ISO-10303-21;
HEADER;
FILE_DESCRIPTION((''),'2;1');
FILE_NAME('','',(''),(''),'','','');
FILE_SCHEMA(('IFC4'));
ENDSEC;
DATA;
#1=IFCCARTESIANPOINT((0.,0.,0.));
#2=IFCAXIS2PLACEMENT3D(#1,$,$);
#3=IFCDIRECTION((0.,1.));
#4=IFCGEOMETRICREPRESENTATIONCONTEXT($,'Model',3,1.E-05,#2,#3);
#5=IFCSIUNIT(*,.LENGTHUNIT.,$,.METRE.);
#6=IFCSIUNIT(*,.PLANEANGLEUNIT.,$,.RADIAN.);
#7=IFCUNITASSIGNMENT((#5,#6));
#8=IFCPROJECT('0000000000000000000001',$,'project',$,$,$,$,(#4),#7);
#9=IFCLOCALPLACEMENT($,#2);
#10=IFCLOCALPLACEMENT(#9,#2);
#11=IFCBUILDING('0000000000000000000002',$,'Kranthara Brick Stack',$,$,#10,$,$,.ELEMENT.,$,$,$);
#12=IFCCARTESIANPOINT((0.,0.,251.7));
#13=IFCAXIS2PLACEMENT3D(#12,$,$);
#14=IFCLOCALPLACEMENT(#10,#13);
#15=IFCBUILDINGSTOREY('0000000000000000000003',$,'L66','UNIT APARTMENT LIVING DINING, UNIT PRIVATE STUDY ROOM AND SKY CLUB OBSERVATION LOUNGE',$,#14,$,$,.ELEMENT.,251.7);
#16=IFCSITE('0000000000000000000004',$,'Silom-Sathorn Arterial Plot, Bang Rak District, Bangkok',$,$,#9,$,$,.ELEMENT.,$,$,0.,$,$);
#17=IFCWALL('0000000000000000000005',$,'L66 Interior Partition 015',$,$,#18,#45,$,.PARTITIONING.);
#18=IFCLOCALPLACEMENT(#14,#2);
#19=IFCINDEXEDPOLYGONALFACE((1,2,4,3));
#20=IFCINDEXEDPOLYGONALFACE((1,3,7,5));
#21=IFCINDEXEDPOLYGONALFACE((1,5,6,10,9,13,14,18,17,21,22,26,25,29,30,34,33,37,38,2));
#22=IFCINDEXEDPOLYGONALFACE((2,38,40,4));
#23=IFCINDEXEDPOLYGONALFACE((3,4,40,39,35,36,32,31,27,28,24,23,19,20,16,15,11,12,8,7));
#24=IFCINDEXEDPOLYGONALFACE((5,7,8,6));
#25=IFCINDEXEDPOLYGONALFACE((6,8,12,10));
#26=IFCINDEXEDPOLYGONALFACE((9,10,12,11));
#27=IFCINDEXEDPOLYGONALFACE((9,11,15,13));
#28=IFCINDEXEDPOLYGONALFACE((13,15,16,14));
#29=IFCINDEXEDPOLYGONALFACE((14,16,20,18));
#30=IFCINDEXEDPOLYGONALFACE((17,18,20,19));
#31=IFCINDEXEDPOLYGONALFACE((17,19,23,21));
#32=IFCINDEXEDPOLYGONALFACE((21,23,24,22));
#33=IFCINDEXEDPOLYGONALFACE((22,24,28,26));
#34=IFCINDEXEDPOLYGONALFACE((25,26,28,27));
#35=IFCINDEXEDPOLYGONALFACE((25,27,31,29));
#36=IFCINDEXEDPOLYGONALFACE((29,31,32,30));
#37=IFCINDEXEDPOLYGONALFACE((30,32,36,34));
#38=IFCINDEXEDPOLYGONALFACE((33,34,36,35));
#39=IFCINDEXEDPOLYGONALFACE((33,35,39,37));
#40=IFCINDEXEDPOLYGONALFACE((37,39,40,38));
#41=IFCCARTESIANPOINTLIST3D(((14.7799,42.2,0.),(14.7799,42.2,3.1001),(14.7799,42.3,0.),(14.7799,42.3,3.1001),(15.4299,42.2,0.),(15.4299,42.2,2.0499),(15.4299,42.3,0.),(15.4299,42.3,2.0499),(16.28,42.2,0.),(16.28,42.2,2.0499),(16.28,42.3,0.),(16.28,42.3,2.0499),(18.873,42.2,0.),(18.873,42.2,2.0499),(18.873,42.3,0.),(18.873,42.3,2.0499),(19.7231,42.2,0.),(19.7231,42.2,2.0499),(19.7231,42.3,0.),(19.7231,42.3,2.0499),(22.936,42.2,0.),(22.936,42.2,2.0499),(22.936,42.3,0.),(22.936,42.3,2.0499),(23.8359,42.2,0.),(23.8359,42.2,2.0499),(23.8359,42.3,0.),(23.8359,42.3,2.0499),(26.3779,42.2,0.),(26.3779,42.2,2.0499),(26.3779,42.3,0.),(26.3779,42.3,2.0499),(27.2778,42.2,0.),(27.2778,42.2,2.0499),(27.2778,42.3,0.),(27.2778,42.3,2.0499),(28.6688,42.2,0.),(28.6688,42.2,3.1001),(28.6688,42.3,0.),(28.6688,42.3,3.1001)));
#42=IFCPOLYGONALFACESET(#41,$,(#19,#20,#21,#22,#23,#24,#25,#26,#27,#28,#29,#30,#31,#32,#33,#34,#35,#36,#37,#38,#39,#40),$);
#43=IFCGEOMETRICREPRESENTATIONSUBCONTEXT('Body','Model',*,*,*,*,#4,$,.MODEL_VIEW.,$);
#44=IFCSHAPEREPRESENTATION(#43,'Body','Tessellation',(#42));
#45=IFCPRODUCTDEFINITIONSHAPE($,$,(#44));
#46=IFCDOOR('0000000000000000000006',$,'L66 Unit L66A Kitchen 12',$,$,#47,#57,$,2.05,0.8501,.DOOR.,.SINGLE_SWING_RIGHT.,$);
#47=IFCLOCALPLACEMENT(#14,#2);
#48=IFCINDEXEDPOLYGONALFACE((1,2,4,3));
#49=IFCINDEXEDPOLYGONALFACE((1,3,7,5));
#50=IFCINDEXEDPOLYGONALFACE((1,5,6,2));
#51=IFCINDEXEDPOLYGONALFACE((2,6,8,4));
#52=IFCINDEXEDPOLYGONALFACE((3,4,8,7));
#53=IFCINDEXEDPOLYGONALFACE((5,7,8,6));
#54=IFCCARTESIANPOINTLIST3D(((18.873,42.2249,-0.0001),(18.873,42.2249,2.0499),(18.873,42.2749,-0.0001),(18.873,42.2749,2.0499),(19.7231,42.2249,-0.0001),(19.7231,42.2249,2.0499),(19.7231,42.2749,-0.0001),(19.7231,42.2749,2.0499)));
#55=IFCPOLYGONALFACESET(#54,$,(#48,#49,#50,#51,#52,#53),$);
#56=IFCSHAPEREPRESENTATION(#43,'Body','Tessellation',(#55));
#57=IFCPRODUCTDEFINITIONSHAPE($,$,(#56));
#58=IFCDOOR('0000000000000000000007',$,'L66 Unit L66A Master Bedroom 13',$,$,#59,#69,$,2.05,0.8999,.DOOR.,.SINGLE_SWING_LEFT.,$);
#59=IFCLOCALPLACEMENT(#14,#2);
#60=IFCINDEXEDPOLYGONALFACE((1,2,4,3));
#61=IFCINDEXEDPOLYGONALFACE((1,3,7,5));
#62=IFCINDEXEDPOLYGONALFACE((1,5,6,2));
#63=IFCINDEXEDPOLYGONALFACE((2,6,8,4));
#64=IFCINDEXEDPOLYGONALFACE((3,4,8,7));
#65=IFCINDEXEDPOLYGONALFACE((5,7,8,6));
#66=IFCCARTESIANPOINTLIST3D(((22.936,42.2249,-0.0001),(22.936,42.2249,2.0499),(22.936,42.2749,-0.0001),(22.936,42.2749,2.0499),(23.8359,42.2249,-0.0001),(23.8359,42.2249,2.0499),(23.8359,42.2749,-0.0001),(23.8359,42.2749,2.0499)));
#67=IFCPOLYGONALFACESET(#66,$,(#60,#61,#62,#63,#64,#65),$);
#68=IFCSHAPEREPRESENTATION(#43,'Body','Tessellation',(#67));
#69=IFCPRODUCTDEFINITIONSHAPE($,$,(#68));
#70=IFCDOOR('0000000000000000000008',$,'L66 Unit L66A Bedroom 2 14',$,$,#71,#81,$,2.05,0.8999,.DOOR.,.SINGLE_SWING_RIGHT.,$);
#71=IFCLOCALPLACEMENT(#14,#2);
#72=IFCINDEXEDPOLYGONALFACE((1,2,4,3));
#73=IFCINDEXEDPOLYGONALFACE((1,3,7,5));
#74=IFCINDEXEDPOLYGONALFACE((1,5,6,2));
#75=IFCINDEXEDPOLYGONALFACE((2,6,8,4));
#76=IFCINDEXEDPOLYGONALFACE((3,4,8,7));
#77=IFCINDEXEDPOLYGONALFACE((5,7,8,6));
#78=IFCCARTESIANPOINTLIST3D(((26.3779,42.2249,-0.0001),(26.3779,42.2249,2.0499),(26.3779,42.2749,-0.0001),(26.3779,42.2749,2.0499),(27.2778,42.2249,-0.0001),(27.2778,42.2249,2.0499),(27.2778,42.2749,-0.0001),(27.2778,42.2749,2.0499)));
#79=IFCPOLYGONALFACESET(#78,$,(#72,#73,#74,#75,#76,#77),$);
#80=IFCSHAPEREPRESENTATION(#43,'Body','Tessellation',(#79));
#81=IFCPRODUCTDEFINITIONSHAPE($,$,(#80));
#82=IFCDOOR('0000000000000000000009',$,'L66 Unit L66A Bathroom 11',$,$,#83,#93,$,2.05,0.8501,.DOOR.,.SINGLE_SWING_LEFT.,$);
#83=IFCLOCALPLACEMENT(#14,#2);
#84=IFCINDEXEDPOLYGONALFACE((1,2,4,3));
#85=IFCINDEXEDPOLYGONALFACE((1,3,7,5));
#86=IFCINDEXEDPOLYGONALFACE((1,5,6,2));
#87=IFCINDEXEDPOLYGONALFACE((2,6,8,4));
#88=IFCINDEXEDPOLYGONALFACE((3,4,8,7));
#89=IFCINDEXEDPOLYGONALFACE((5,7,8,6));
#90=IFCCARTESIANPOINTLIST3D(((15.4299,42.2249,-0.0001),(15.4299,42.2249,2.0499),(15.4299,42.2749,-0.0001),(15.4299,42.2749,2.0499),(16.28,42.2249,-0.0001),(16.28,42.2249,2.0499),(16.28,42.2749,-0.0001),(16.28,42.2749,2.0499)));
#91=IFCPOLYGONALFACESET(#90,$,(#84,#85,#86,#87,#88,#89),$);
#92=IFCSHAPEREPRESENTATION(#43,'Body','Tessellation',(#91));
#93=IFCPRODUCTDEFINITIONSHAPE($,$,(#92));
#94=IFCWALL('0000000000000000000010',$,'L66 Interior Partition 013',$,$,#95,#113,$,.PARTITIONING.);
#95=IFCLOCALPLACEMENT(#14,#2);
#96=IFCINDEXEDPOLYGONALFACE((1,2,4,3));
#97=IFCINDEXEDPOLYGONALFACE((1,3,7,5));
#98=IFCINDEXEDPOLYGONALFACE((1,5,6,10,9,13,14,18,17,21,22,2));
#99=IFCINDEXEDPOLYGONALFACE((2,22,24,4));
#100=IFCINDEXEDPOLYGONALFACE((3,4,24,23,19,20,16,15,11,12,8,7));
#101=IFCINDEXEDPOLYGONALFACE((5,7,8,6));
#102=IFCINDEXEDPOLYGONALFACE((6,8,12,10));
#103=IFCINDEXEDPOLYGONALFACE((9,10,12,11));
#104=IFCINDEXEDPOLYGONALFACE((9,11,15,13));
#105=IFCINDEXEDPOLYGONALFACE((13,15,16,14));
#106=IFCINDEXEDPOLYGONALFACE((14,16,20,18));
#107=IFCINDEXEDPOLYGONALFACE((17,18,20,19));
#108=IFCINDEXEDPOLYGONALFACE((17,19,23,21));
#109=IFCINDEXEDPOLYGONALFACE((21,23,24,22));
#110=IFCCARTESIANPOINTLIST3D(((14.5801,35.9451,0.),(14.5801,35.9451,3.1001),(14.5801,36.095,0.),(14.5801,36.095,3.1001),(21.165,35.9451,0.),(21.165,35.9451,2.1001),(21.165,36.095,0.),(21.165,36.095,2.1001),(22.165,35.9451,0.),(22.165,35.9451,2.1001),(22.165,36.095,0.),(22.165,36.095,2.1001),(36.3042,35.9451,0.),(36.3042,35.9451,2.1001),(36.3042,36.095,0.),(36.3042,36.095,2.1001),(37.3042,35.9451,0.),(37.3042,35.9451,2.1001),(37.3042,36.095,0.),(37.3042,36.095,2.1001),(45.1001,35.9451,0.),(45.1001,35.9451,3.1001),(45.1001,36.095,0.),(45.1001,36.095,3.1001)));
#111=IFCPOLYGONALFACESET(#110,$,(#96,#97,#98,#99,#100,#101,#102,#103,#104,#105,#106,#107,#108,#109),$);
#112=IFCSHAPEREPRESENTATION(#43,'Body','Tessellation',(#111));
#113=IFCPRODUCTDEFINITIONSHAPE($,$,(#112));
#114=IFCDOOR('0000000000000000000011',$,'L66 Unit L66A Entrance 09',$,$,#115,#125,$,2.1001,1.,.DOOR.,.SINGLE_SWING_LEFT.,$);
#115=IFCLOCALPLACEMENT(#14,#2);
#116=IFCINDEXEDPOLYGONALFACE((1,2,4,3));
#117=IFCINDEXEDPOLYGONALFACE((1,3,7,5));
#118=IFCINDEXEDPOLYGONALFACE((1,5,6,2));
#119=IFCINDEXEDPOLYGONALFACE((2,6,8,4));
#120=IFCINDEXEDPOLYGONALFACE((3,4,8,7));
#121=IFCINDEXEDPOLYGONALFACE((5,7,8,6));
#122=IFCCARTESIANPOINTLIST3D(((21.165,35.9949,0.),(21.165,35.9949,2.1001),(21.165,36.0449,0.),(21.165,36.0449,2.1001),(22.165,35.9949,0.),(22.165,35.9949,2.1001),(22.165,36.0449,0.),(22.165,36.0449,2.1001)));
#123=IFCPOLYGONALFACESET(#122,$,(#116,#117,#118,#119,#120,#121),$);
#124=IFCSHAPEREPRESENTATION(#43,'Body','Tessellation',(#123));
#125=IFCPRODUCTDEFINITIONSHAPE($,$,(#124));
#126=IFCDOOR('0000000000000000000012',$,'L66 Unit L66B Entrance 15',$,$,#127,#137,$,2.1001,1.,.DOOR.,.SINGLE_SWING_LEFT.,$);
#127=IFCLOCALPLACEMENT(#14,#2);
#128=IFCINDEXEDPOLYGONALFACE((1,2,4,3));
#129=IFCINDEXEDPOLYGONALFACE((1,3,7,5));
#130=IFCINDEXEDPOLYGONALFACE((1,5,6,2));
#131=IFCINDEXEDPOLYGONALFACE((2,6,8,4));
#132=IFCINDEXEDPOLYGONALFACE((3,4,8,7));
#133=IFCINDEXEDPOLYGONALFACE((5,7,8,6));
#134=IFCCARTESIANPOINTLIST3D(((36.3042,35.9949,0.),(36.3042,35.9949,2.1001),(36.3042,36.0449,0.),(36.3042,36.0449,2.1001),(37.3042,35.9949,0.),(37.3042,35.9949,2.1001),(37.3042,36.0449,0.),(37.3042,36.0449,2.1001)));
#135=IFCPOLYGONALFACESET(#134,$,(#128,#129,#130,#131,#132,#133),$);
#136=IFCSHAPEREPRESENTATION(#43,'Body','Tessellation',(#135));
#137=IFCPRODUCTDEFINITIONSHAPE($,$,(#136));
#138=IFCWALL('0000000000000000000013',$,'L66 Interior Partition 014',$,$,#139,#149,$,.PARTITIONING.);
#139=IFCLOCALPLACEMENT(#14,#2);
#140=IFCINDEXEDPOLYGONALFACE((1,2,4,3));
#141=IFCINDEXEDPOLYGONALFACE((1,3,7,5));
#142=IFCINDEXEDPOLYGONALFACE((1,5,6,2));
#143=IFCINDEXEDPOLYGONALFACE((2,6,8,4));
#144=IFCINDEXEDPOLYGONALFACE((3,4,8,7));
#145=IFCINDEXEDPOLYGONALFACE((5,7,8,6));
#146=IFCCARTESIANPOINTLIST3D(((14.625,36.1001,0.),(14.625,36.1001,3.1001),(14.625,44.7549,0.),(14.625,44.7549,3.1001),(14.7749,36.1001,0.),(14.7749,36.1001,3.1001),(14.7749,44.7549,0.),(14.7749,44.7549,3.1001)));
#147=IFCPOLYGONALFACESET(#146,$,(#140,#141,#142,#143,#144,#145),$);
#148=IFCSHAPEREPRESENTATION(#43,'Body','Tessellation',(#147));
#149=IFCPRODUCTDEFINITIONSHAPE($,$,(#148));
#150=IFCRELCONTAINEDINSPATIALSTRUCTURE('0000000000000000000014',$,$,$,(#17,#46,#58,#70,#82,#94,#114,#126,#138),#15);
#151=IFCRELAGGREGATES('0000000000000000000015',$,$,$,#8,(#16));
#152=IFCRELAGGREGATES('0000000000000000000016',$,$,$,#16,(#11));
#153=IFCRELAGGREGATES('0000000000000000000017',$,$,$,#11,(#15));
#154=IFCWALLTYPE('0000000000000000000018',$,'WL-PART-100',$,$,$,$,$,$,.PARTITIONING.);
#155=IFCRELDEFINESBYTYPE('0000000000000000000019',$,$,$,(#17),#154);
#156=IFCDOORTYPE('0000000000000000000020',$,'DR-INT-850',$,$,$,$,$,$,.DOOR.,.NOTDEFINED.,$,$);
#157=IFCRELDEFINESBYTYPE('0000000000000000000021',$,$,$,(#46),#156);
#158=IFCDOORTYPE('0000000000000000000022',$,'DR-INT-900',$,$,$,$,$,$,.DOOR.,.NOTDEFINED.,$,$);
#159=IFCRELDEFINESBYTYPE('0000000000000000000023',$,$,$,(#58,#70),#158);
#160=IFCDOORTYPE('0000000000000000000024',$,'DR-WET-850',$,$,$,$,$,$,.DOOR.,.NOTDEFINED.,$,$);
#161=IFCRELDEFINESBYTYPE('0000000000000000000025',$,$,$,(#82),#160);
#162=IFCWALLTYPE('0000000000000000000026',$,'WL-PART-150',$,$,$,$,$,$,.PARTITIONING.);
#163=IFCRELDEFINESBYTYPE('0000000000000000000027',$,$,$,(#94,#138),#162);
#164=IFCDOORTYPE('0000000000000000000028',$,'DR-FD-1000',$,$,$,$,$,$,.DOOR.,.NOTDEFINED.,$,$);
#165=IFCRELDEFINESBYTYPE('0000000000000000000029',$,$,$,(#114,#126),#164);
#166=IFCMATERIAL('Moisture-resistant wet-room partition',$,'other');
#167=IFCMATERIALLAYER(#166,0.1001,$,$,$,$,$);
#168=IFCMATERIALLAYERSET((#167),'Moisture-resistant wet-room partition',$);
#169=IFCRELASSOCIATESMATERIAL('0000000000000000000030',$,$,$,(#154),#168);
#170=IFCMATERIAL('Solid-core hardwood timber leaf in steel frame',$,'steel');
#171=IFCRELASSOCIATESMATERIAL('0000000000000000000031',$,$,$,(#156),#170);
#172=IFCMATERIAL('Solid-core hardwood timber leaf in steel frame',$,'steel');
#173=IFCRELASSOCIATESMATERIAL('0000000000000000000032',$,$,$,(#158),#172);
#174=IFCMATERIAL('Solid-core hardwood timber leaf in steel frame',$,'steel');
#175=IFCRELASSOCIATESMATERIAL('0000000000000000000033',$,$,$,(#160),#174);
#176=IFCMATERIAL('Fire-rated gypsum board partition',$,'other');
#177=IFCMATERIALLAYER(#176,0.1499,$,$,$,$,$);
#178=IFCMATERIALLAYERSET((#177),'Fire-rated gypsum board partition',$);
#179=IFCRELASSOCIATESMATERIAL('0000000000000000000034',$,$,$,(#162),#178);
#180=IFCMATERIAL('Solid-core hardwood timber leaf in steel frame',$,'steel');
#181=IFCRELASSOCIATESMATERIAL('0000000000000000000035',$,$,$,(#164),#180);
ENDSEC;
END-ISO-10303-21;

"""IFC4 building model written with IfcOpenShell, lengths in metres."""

from ifc_helpers import new_model, si_unit, direction, frame, frame_2d, origin, place, context, subcontext, project, spatial, rectangle, extrude, material, layer, layer_set, type_object, element, fill, save


model = new_model("IFC4")

# Units and contexts
model_context = context("Model", 3, precision=1e-05, world=origin(), true_north=direction((0.0, 1.0)))
body_context = subcontext(model_context, "Body", "Model", "MODEL_VIEW")
ifc_project = project(units=[si_unit("LENGTHUNIT", "METRE"), si_unit("PLANEANGLEUNIT", "RADIAN")], contexts=[model_context])

# Site, building, storey
site_placement = place(None, origin())
site = spatial("IfcSite", under=ifc_project, at=site_placement, Name="Silom-Sathorn Arterial Plot, Bang Rak District, Bangkok", CompositionType="ELEMENT", RefElevation=0.0)
building_placement = place(site_placement, origin())
building = spatial("IfcBuilding", under=site, at=building_placement, Name="Kranthara Brick Stack", CompositionType="ELEMENT")
storey_placement = place(building_placement, frame((0.0, 0.0, 251.7)))
storey = spatial("IfcBuildingStorey", under=building, at=storey_placement, Name="L66", Description="UNIT APARTMENT LIVING DINING, UNIT PRIVATE STUDY ROOM AND SKY CLUB OBSERVATION LOUNGE", CompositionType="ELEMENT", Elevation=251.7)

# Walls, openings, doors
ifc_material_1 = material(Name="Moisture-resistant wet-room partition", Category="other")
ifc_layer_1 = layer(ifc_material_1, 0.1001)
ifc_layer_set_1 = layer_set([ifc_layer_1], Name="Moisture-resistant wet-room partition")
wall_type_1 = type_object("IfcWallType", Name="WL-PART-100", PredefinedType="PARTITIONING", material=ifc_layer_set_1)
wall_1_placement = place(storey_placement, frame((14.78, 42.25, 0.0), z_axis=(0.0, 0.0, 1.0), x_axis=(1.0, 0.0, 0.0)))
wall_1 = element("IfcWall", 1, at=wall_1_placement, inside=storey, type_object=wall_type_1, Name="L66 Interior Partition 015", PredefinedType="PARTITIONING", context=body_context, shape_type="SweptSolid", body=[
    extrude(rectangle(XDim=13.8889, YDim=0.1001, at=frame_2d((6.9443, 0.0))), origin(), (0.0, 0.0, 1.0), 3.1001),
])
opening_1_placement = place(wall_1_placement, frame((0.6499, 0.0, 0.0)))
opening_1 = element("IfcOpeningElement", 2, at=opening_1_placement, cuts=wall_1, PredefinedType="OPENING", context=body_context, shape_type="SweptSolid", body=[
    extrude(rectangle(XDim=0.8501, YDim=2.05, at=frame_2d((0.425, 1.0249))), frame((0.0, 0.0601, 0.0), z_axis=(0.0, -1.0, 0.0), x_axis=(1.0, 0.0, 0.0)), (0.0, 0.0, 1.0), 0.1201),
])
opening_2_placement = place(wall_1_placement, frame((4.093, 0.0, 0.0)))
opening_2 = element("IfcOpeningElement", 3, at=opening_2_placement, cuts=wall_1, PredefinedType="OPENING", context=body_context, shape_type="SweptSolid", body=[
    extrude(rectangle(XDim=0.8501, YDim=2.05, at=frame_2d((0.425, 1.0249))), frame((0.0, 0.0601, 0.0), z_axis=(0.0, -1.0, 0.0), x_axis=(1.0, 0.0, 0.0)), (0.0, 0.0, 1.0), 0.1201),
])
opening_3_placement = place(wall_1_placement, frame((8.156, 0.0, 0.0)))
opening_3 = element("IfcOpeningElement", 4, at=opening_3_placement, cuts=wall_1, PredefinedType="OPENING", context=body_context, shape_type="SweptSolid", body=[
    extrude(rectangle(XDim=0.8999, YDim=2.05, at=frame_2d((0.45, 1.0249))), frame((0.0, 0.0601, 0.0), z_axis=(0.0, -1.0, 0.0), x_axis=(1.0, 0.0, 0.0)), (0.0, 0.0, 1.0), 0.1201),
])
opening_4_placement = place(wall_1_placement, frame((11.5979, 0.0, 0.0)))
opening_4 = element("IfcOpeningElement", 5, at=opening_4_placement, cuts=wall_1, PredefinedType="OPENING", context=body_context, shape_type="SweptSolid", body=[
    extrude(rectangle(XDim=0.8999, YDim=2.05, at=frame_2d((0.45, 1.0249))), frame((0.0, 0.0601, 0.0), z_axis=(0.0, -1.0, 0.0), x_axis=(1.0, 0.0, 0.0)), (0.0, 0.0, 1.0), 0.1201),
])
ifc_material_2 = material(Name="Solid-core hardwood timber leaf in steel frame", Category="steel")
door_type_1 = type_object("IfcDoorType", Name="DR-INT-850", OperationType="NOTDEFINED", PredefinedType="DOOR", material=ifc_material_2)
door_1_placement = place(opening_2_placement, origin())
door_1 = element("IfcDoor", 6, at=door_1_placement, inside=storey, type_object=door_type_1, Name="L66 Unit L66A Kitchen 12", OperationType="SINGLE_SWING_RIGHT", OverallHeight=2.05, OverallWidth=0.8501, PredefinedType="DOOR", context=body_context, shape_type="SweptSolid", body=[
    extrude(rectangle(XDim=0.8501, YDim=2.05, at=frame_2d((0.425, 1.0249))), frame((0.0, 0.0249, 0.0), z_axis=(0.0, -1.0, 0.0), x_axis=(1.0, 0.0, 0.0)), (0.0, 0.0, 1.0), 0.05),
])
fill(opening_2, door_1)
ifc_material_3 = material(Name="Solid-core hardwood timber leaf in steel frame", Category="steel")
door_type_2 = type_object("IfcDoorType", Name="DR-INT-900", OperationType="NOTDEFINED", PredefinedType="DOOR", material=ifc_material_3)
door_2_placement = place(opening_3_placement, origin())
door_2 = element("IfcDoor", 7, at=door_2_placement, inside=storey, type_object=door_type_2, Name="L66 Unit L66A Master Bedroom 13", OperationType="SINGLE_SWING_LEFT", OverallHeight=2.05, OverallWidth=0.8999, PredefinedType="DOOR", context=body_context, shape_type="SweptSolid", body=[
    extrude(rectangle(XDim=0.8999, YDim=2.05, at=frame_2d((0.45, 1.0249))), frame((0.0, 0.0249, 0.0), z_axis=(0.0, -1.0, 0.0), x_axis=(1.0, 0.0, 0.0)), (0.0, 0.0, 1.0), 0.05),
])
fill(opening_3, door_2)
door_3_placement = place(opening_4_placement, origin())
door_3 = element("IfcDoor", 8, at=door_3_placement, inside=storey, type_object=door_type_2, Name="L66 Unit L66A Bedroom 2 14", OperationType="SINGLE_SWING_RIGHT", OverallHeight=2.05, OverallWidth=0.8999, PredefinedType="DOOR", context=body_context, shape_type="SweptSolid", body=[
    extrude(rectangle(XDim=0.8999, YDim=2.05, at=frame_2d((0.45, 1.0249))), frame((0.0, 0.0249, 0.0), z_axis=(0.0, -1.0, 0.0), x_axis=(1.0, 0.0, 0.0)), (0.0, 0.0, 1.0), 0.05),
])
fill(opening_4, door_3)
ifc_material_4 = material(Name="Solid-core hardwood timber leaf in steel frame", Category="steel")
door_type_3 = type_object("IfcDoorType", Name="DR-WET-850", OperationType="NOTDEFINED", PredefinedType="DOOR", material=ifc_material_4)
door_4_placement = place(opening_1_placement, origin())
door_4 = element("IfcDoor", 9, at=door_4_placement, inside=storey, type_object=door_type_3, Name="L66 Unit L66A Bathroom 11", OperationType="SINGLE_SWING_LEFT", OverallHeight=2.05, OverallWidth=0.8501, PredefinedType="DOOR", context=body_context, shape_type="SweptSolid", body=[
    extrude(rectangle(XDim=0.8501, YDim=2.05, at=frame_2d((0.425, 1.0249))), frame((0.0, 0.0249, 0.0), z_axis=(0.0, -1.0, 0.0), x_axis=(1.0, 0.0, 0.0)), (0.0, 0.0, 1.0), 0.05),
])
fill(opening_1, door_4)
ifc_material_5 = material(Name="Fire-rated gypsum board partition", Category="other")
ifc_layer_2 = layer(ifc_material_5, 0.1499)
ifc_layer_set_2 = layer_set([ifc_layer_2], Name="Fire-rated gypsum board partition")
wall_type_2 = type_object("IfcWallType", Name="WL-PART-150", PredefinedType="PARTITIONING", material=ifc_layer_set_2)
wall_2_placement = place(storey_placement, frame((14.5801, 36.02, 0.0), z_axis=(0.0, 0.0, 1.0), x_axis=(1.0, 0.0, 0.0)))
wall_2 = element("IfcWall", 10, at=wall_2_placement, inside=storey, type_object=wall_type_2, Name="L66 Interior Partition 013", PredefinedType="PARTITIONING", context=body_context, shape_type="SweptSolid", body=[
    extrude(rectangle(XDim=30.52, YDim=0.1499, at=frame_2d((15.26, 0.0))), origin(), (0.0, 0.0, 1.0), 3.1001),
])
opening_5_placement = place(wall_2_placement, frame((6.585, 0.0, 0.0)))
opening_5 = element("IfcOpeningElement", 11, at=opening_5_placement, cuts=wall_2, PredefinedType="OPENING", context=body_context, shape_type="SweptSolid", body=[
    extrude(rectangle(XDim=1.0, YDim=2.1001, at=frame_2d((0.5, 1.05))), frame((0.0, 0.085, 0.0), z_axis=(0.0, -1.0, 0.0), x_axis=(1.0, 0.0, 0.0)), (0.0, 0.0, 1.0), 0.1699),
])
opening_6_placement = place(wall_2_placement, frame((21.7241, 0.0, 0.0)))
opening_6 = element("IfcOpeningElement", 12, at=opening_6_placement, cuts=wall_2, PredefinedType="OPENING", context=body_context, shape_type="SweptSolid", body=[
    extrude(rectangle(XDim=1.0, YDim=2.1001, at=frame_2d((0.5, 1.05))), frame((0.0, 0.085, 0.0), z_axis=(0.0, -1.0, 0.0), x_axis=(1.0, 0.0, 0.0)), (0.0, 0.0, 1.0), 0.1699),
])
ifc_material_6 = material(Name="Solid-core hardwood timber leaf in steel frame", Category="steel")
door_type_4 = type_object("IfcDoorType", Name="DR-FD-1000", OperationType="NOTDEFINED", PredefinedType="DOOR", material=ifc_material_6)
door_5_placement = place(opening_5_placement, origin())
door_5 = element("IfcDoor", 13, at=door_5_placement, inside=storey, type_object=door_type_4, Name="L66 Unit L66A Entrance 09", OperationType="SINGLE_SWING_LEFT", OverallHeight=2.1001, OverallWidth=1.0, PredefinedType="DOOR", context=body_context, shape_type="SweptSolid", body=[
    extrude(rectangle(XDim=1.0, YDim=2.1001, at=frame_2d((0.5, 1.05))), frame((0.0, 0.0249, 0.0), z_axis=(0.0, -1.0, 0.0), x_axis=(1.0, 0.0, 0.0)), (0.0, 0.0, 1.0), 0.05),
])
fill(opening_5, door_5)
door_6_placement = place(opening_6_placement, origin())
door_6 = element("IfcDoor", 14, at=door_6_placement, inside=storey, type_object=door_type_4, Name="L66 Unit L66B Entrance 15", OperationType="SINGLE_SWING_LEFT", OverallHeight=2.1001, OverallWidth=1.0, PredefinedType="DOOR", context=body_context, shape_type="SweptSolid", body=[
    extrude(rectangle(XDim=1.0, YDim=2.1001, at=frame_2d((0.5, 1.05))), frame((0.0, 0.0249, 0.0), z_axis=(0.0, -1.0, 0.0), x_axis=(1.0, 0.0, 0.0)), (0.0, 0.0, 1.0), 0.05),
])
fill(opening_6, door_6)

# Wall
wall_3_placement = place(storey_placement, frame((14.7, 36.1001, 0.0), z_axis=(0.0, 0.0, 1.0), x_axis=(0.0, 1.0, 0.0)))
element("IfcWall", 15, at=wall_3_placement, inside=storey, type_object=wall_type_2, Name="L66 Interior Partition 014", PredefinedType="PARTITIONING", context=body_context, shape_type="SweptSolid", body=[
    extrude(rectangle(XDim=8.6548, YDim=0.1499, at=frame_2d((4.3274, 0.0))), origin(), (0.0, 0.0, 1.0), 3.1001),
])

save(model, "model.ifc")
